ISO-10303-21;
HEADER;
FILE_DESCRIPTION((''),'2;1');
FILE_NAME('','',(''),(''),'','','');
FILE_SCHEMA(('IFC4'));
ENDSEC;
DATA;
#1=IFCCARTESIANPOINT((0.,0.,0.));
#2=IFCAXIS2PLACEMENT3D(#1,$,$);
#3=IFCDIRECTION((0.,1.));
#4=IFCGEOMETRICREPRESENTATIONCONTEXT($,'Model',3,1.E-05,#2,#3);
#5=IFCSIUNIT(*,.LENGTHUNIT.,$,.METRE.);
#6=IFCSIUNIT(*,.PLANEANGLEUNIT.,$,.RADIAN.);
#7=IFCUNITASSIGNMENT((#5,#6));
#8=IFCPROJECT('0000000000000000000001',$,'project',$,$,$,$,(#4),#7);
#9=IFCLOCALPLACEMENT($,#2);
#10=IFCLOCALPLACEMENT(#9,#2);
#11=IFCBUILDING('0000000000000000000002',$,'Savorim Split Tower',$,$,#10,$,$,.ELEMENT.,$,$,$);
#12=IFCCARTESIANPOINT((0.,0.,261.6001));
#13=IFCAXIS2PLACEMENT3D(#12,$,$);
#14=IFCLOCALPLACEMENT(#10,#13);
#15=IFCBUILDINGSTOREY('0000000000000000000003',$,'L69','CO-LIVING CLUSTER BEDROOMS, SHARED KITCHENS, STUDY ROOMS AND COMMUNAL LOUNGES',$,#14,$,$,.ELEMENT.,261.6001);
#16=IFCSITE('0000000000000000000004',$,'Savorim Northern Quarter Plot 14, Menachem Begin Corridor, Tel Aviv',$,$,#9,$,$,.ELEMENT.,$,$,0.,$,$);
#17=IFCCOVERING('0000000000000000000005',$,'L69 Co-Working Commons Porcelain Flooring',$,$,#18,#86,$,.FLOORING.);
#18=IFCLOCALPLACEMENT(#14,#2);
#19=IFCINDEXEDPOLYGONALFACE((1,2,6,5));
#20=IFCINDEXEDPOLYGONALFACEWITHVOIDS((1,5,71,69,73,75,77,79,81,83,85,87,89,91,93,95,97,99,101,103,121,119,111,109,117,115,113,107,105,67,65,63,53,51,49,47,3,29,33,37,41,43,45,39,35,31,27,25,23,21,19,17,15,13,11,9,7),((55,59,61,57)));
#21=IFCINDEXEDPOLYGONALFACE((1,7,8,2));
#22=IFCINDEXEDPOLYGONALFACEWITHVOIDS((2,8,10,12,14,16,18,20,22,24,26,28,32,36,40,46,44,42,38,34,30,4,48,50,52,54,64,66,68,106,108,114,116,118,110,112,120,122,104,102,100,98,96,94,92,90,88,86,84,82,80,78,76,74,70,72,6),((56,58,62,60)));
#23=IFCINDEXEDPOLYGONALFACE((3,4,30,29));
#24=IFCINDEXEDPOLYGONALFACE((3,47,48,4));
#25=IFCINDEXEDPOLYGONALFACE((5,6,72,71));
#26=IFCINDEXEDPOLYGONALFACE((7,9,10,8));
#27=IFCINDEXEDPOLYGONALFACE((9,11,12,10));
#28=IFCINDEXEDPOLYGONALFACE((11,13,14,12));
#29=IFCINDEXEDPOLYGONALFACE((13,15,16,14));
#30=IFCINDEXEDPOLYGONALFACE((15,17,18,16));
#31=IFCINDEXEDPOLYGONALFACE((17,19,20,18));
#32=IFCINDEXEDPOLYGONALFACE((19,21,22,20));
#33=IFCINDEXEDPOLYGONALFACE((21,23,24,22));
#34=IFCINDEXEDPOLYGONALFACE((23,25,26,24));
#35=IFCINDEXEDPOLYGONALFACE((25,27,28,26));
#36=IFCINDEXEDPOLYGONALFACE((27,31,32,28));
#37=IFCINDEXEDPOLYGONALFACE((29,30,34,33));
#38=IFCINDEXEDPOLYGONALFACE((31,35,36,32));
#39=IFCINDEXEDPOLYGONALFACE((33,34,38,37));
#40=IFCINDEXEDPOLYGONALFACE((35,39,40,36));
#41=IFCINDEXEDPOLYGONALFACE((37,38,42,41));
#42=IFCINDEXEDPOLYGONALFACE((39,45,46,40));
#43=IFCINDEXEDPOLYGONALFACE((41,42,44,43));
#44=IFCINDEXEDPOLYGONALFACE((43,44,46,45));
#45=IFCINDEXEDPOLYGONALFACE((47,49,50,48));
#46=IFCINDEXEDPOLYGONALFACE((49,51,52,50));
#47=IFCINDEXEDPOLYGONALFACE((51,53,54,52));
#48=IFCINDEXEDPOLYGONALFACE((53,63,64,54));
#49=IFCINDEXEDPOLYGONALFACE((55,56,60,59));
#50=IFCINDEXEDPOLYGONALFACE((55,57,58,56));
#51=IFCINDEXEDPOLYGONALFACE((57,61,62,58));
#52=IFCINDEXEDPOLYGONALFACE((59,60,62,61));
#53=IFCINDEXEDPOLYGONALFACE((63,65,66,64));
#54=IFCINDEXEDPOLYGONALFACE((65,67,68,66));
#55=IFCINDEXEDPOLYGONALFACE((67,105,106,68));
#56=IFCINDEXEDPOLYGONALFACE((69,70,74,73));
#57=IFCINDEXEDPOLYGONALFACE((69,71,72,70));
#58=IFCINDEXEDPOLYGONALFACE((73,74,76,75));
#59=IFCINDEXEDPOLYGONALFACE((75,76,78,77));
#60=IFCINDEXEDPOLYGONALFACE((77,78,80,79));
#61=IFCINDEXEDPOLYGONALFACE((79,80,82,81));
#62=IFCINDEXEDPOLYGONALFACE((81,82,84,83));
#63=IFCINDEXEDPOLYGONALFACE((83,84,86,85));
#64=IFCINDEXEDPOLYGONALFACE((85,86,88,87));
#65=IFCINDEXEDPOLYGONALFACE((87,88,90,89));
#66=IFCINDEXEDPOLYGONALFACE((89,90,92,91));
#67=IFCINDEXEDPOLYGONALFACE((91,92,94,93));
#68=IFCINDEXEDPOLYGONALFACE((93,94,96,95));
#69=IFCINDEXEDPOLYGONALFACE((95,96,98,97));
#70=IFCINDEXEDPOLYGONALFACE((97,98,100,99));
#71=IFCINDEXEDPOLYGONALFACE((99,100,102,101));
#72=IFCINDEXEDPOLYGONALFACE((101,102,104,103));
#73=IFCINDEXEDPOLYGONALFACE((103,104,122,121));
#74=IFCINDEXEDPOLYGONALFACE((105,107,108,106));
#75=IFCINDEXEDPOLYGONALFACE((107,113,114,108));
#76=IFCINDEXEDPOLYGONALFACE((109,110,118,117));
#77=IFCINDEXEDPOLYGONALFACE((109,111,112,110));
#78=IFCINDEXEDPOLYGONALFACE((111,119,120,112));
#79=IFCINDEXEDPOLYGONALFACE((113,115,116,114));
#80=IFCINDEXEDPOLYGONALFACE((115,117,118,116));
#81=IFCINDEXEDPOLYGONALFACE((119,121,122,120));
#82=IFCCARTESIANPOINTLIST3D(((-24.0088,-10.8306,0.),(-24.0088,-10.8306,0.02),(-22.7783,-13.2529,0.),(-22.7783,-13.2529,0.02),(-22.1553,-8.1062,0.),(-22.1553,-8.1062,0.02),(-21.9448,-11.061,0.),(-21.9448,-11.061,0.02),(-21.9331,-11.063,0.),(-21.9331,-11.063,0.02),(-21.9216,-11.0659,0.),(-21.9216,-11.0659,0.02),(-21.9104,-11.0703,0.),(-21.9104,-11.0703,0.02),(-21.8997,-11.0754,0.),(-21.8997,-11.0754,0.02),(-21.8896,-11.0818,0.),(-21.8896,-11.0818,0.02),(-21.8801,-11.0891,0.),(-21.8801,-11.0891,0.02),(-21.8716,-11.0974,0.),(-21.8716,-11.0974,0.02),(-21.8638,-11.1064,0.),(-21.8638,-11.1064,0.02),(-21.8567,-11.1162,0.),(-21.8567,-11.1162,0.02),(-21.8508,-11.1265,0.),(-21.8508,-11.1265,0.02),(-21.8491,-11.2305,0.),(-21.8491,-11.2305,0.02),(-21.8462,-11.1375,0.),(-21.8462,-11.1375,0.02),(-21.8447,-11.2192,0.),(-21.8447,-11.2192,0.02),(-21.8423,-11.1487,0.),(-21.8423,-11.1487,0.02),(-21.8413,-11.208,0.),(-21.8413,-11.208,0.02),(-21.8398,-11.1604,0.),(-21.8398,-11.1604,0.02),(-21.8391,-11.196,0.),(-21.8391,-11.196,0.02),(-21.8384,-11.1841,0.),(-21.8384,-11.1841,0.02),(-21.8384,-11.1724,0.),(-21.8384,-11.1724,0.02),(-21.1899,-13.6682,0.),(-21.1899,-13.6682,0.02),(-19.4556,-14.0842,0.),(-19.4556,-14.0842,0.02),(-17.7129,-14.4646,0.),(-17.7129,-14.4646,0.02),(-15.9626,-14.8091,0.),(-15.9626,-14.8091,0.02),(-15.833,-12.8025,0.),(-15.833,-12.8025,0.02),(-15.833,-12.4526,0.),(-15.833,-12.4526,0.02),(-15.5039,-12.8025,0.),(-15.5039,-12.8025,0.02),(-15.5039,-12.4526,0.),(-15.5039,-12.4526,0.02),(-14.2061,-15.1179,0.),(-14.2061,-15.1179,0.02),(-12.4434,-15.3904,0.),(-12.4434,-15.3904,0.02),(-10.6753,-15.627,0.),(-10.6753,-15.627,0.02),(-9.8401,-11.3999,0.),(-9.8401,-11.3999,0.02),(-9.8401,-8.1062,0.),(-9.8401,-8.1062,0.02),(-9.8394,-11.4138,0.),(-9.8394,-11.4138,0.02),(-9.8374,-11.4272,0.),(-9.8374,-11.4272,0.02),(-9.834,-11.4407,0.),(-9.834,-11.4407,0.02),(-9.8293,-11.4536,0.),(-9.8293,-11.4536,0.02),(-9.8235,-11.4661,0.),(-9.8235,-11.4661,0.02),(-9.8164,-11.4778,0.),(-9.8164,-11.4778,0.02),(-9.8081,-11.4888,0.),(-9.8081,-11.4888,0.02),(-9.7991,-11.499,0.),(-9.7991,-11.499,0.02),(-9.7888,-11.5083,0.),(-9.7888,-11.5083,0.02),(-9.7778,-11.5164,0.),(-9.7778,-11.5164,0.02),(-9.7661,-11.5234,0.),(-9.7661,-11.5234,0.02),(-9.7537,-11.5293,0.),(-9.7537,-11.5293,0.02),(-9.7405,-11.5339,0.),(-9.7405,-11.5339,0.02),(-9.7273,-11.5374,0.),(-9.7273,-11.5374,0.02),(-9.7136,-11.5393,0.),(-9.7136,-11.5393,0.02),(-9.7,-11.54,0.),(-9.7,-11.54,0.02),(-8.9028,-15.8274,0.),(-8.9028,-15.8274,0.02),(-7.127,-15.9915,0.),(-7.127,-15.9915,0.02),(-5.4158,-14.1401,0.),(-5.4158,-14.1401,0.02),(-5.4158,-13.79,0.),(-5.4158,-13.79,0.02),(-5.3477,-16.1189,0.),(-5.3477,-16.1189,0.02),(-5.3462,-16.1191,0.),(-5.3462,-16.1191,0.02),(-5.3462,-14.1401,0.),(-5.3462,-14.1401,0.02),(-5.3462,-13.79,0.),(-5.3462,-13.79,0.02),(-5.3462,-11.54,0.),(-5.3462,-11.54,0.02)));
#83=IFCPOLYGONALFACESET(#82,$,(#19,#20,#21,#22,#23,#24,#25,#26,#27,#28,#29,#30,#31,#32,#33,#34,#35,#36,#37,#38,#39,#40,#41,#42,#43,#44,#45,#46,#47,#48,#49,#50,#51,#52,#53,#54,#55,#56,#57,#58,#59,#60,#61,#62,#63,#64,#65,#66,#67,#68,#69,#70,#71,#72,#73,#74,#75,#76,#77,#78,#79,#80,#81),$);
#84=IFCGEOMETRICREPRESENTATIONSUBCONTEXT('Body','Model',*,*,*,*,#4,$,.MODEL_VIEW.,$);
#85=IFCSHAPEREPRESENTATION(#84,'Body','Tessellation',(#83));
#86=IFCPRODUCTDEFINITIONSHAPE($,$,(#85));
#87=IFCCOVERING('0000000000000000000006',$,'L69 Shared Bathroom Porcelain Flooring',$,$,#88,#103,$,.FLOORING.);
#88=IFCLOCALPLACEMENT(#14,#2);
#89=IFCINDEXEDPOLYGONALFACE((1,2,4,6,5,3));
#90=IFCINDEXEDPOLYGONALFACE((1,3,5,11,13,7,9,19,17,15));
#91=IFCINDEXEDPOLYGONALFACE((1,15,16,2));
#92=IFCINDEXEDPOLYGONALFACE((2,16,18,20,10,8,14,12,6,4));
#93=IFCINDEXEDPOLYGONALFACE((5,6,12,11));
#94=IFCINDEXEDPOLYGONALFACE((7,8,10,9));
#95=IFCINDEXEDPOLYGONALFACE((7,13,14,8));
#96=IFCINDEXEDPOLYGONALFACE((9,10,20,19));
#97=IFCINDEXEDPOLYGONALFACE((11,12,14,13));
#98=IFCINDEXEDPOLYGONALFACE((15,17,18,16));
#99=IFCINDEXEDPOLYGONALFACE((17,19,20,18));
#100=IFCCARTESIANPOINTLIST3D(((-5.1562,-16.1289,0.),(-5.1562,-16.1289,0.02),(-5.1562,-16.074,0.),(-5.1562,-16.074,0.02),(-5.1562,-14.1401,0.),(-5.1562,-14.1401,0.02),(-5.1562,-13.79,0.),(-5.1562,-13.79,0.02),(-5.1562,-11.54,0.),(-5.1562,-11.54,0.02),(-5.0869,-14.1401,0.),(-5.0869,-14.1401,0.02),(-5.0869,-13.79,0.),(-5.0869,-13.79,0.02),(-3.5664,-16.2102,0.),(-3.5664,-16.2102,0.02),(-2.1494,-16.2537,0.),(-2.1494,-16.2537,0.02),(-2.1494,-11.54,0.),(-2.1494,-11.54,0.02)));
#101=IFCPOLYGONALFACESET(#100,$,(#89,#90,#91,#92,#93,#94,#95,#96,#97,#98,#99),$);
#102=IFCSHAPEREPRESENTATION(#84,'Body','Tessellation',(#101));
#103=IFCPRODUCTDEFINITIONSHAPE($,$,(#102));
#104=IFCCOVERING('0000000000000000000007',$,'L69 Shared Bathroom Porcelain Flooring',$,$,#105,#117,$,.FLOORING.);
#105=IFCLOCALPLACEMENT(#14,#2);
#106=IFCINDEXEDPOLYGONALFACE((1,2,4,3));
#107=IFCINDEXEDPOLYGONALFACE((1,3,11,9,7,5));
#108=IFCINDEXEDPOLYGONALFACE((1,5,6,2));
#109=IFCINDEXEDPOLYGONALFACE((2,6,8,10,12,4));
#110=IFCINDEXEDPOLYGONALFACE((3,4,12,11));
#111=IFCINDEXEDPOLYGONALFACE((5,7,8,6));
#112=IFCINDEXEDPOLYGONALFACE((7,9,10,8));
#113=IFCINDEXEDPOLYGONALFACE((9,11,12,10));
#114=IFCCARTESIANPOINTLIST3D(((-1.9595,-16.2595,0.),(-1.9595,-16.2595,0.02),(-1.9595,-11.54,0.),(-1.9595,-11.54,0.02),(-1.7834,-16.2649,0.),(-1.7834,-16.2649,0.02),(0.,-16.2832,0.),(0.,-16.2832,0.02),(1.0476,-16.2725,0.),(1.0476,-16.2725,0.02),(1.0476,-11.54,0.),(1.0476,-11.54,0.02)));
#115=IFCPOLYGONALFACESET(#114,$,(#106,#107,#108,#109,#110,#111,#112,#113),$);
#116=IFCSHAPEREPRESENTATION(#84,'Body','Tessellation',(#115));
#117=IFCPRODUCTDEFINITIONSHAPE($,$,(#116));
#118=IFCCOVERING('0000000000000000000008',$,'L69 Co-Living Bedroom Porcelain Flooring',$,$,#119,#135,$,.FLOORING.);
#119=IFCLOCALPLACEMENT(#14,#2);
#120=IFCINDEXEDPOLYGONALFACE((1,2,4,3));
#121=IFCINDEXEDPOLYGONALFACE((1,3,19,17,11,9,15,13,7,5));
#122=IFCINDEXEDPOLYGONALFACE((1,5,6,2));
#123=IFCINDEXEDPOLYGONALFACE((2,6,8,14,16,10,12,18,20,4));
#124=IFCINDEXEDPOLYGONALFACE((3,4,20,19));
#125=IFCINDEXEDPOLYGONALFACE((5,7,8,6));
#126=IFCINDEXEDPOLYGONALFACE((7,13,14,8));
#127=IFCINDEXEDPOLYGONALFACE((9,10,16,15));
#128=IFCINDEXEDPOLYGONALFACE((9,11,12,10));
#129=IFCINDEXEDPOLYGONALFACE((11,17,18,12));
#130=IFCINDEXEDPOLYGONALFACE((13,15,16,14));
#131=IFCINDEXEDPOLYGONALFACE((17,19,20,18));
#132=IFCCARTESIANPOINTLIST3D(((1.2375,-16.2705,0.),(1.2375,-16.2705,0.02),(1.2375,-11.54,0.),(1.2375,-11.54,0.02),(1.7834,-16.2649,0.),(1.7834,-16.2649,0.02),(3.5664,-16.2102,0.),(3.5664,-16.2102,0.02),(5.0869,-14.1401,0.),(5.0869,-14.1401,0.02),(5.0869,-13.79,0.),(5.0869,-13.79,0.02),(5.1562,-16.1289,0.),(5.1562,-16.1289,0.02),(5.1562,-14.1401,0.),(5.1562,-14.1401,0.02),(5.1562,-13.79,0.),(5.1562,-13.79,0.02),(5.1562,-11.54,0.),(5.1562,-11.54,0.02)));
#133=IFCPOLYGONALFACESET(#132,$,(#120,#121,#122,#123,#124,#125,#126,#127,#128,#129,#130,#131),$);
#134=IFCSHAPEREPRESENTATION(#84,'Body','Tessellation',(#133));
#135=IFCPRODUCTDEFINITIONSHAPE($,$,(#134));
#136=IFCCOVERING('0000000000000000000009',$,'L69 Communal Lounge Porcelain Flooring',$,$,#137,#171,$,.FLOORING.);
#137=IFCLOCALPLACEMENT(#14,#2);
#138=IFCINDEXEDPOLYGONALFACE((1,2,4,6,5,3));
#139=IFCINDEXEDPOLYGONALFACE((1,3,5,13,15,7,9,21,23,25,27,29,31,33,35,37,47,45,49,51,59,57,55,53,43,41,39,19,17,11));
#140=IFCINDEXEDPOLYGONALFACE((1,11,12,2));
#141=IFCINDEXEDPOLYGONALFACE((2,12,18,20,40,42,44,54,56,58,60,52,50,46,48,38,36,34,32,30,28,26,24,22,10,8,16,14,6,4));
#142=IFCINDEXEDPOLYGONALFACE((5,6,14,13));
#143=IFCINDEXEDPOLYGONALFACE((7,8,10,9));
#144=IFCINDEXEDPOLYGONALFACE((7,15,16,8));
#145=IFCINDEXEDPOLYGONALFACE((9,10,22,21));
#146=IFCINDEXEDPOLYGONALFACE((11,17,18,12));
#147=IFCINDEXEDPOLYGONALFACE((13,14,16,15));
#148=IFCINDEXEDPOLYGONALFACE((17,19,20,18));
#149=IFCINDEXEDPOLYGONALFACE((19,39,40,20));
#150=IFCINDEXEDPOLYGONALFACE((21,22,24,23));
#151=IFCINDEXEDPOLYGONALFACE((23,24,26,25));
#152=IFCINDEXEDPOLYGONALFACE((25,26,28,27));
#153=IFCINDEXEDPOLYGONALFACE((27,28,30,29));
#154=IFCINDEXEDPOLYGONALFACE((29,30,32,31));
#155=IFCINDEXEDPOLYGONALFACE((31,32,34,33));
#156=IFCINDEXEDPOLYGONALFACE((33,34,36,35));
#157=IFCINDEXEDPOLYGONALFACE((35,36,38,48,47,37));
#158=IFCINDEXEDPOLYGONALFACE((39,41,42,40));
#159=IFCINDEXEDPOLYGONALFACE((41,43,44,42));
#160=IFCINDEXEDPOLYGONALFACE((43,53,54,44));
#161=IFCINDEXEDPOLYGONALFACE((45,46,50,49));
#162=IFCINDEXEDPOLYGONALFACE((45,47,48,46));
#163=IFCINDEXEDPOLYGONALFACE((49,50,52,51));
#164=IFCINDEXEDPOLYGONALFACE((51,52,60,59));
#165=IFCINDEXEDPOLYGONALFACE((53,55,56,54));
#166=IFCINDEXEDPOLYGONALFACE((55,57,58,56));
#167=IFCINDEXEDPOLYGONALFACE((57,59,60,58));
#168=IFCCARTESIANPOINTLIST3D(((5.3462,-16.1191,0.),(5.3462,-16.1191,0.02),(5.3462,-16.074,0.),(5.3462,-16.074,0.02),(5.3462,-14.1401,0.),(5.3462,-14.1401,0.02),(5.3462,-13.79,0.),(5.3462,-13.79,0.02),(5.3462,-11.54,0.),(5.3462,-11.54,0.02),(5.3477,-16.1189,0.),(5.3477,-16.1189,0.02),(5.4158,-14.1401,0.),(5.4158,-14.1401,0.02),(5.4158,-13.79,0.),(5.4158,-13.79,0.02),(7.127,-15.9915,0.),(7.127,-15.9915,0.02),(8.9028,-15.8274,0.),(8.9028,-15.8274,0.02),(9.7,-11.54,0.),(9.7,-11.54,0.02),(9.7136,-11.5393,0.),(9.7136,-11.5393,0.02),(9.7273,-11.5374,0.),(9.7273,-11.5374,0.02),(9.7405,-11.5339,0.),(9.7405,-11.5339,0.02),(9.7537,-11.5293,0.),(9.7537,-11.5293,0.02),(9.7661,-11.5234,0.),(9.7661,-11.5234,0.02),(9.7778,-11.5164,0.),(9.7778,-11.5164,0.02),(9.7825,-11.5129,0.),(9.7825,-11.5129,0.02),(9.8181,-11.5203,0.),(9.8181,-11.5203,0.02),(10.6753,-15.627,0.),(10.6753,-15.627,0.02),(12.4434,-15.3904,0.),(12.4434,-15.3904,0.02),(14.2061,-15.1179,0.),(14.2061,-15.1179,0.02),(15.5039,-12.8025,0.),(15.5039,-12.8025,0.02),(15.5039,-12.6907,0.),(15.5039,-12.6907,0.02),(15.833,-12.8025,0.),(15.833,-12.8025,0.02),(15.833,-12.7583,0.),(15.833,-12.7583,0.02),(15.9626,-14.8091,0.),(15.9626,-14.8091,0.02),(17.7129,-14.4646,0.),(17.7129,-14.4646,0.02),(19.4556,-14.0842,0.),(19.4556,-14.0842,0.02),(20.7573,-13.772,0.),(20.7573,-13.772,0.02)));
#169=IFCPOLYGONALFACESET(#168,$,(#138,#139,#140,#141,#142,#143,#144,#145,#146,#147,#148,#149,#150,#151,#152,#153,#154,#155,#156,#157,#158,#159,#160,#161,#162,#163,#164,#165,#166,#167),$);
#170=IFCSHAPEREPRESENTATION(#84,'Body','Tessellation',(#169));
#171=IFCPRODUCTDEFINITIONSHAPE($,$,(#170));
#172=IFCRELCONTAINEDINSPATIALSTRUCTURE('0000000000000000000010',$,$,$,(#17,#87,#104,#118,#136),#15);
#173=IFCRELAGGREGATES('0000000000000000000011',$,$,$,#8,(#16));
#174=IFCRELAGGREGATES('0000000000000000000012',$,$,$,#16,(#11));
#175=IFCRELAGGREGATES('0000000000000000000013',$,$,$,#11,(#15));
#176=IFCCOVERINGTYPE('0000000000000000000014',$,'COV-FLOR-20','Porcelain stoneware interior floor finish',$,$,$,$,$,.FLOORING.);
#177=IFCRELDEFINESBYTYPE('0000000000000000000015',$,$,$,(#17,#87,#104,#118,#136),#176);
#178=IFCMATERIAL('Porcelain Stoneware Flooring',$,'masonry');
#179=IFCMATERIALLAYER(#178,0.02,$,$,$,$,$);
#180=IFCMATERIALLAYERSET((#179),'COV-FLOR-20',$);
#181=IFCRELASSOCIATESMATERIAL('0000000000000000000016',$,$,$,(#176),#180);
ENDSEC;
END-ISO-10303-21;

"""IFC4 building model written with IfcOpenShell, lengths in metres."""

from ifc_helpers import new_model, si_unit, direction, frame, origin, place, context, subcontext, project, spatial, polyline, outline, extrude, material, layer, layer_set, type_object, element, save


model = new_model("IFC4")

# Units and contexts
model_context = context("Model", 3, precision=1e-05, world=origin(), true_north=direction((0.0, 1.0)))
body_context = subcontext(model_context, "Body", "Model", "MODEL_VIEW")
ifc_project = project(units=[si_unit("LENGTHUNIT", "METRE"), si_unit("PLANEANGLEUNIT", "RADIAN")], contexts=[model_context])

# Site, building, storey
site_placement = place(None, origin())
site = spatial("IfcSite", under=ifc_project, at=site_placement, Name="Savorim Northern Quarter Plot 14, Menachem Begin Corridor, Tel Aviv", CompositionType="ELEMENT", RefElevation=0.0)
building_placement = place(site_placement, origin())
building = spatial("IfcBuilding", under=site, at=building_placement, Name="Savorim Split Tower", CompositionType="ELEMENT")
storey_placement = place(building_placement, frame((0.0, 0.0, 261.6001)))
storey = spatial("IfcBuildingStorey", under=building, at=storey_placement, Name="L69", Description="CO-LIVING CLUSTER BEDROOMS, SHARED KITCHENS, STUDY ROOMS AND COMMUNAL LOUNGES", CompositionType="ELEMENT", Elevation=261.6001)

# Coverings
ifc_material_1 = material(Name="Porcelain Stoneware Flooring", Category="masonry")
ifc_layer_1 = layer(ifc_material_1, 0.02)
ifc_layer_set_1 = layer_set([ifc_layer_1], Name="COV-FLOR-20")
covering_type_1 = type_object("IfcCoveringType", Name="COV-FLOR-20", Description="Porcelain stoneware interior floor finish", PredefinedType="FLOORING", material=ifc_layer_set_1)
covering_1_placement = place(storey_placement, origin())
element("IfcCovering", 1, at=covering_1_placement, inside=storey, type_object=covering_type_1, Name="L69 Co-Working Commons Porcelain Flooring", PredefinedType="FLOORING", context=body_context, shape_type="SweptSolid", body=[
    extrude(outline(polyline([(-21.8384, -11.1724), (-21.8384, -11.1841), (-21.8391, -11.196), (-21.8413, -11.208), (-21.8447, -11.2192), (-21.8491, -11.2305), (-22.7783, -13.2529), (-21.1899, -13.6682), (-19.4556, -14.0842), (-17.7129, -14.4646), (-15.9626, -14.8091), (-14.2061, -15.1179), (-12.4434, -15.3904), (-10.6753, -15.627), (-8.9028, -15.8274), (-7.127, -15.9915), (-5.3477, -16.1189), (-5.3462, -16.1191), (-5.3462, -14.1401), (-5.4158, -14.1401), (-5.4158, -13.79), (-5.3462, -13.79), (-5.3462, -11.54), (-9.7, -11.54), (-9.7136, -11.5393), (-9.7273, -11.5374), (-9.7405, -11.5339), (-9.7537, -11.5293), (-9.7661, -11.5234), (-9.7778, -11.5164), (-9.7888, -11.5083), (-9.7991, -11.499), (-9.8081, -11.4888), (-9.8164, -11.4778), (-9.8235, -11.4661), (-9.8293, -11.4536), (-9.834, -11.4407), (-9.8374, -11.4272), (-9.8394, -11.4138), (-9.8401, -11.3999), (-9.8401, -8.1062), (-22.1553, -8.1062), (-24.0088, -10.8306), (-21.9448, -11.061), (-21.9331, -11.063), (-21.9216, -11.0659), (-21.9104, -11.0703), (-21.8997, -11.0754), (-21.8896, -11.0818), (-21.8801, -11.0891), (-21.8716, -11.0974), (-21.8638, -11.1064), (-21.8567, -11.1162), (-21.8508, -11.1265), (-21.8462, -11.1375), (-21.8423, -11.1487), (-21.8398, -11.1604), (-21.8384, -11.1724)]), holes=[polyline([(-15.833, -12.8025), (-15.5039, -12.8025), (-15.5039, -12.4526), (-15.833, -12.4526), (-15.833, -12.8025)])]), origin(), (0.0, 0.0, 1.0), 0.02),
])
covering_2_placement = place(storey_placement, origin())
element("IfcCovering", 2, at=covering_2_placement, inside=storey, type_object=covering_type_1, Name="L69 Shared Bathroom Porcelain Flooring", PredefinedType="FLOORING", context=body_context, shape_type="SweptSolid", body=[
    extrude(outline(polyline([(-5.1562, -16.074), (-5.1562, -16.1289), (-3.5664, -16.2102), (-2.1494, -16.2537), (-2.1494, -11.54), (-5.1562, -11.54), (-5.1562, -13.79), (-5.0869, -13.79), (-5.0869, -14.1401), (-5.1562, -14.1401), (-5.1562, -16.074)])), origin(), (0.0, 0.0, 1.0), 0.02),
])
covering_3_placement = place(storey_placement, origin())
element("IfcCovering", 3, at=covering_3_placement, inside=storey, type_object=covering_type_1, Name="L69 Shared Bathroom Porcelain Flooring", PredefinedType="FLOORING", context=body_context, shape_type="SweptSolid", body=[
    extrude(outline(polyline([(-1.9595, -16.2595), (-1.7834, -16.2649), (0.0, -16.2832), (1.0476, -16.2725), (1.0476, -11.54), (-1.9595, -11.54), (-1.9595, -16.2595)])), origin(), (0.0, 0.0, 1.0), 0.02),
])
covering_4_placement = place(storey_placement, origin())
element("IfcCovering", 4, at=covering_4_placement, inside=storey, type_object=covering_type_1, Name="L69 Co-Living Bedroom Porcelain Flooring", PredefinedType="FLOORING", context=body_context, shape_type="SweptSolid", body=[
    extrude(outline(polyline([(1.2375, -11.54), (1.2375, -16.2705), (1.7834, -16.2649), (3.5664, -16.2102), (5.1562, -16.1289), (5.1562, -14.1401), (5.0869, -14.1401), (5.0869, -13.79), (5.1562, -13.79), (5.1562, -11.54), (1.2375, -11.54)])), origin(), (0.0, 0.0, 1.0), 0.02),
])
covering_5_placement = place(storey_placement, origin())
element("IfcCovering", 5, at=covering_5_placement, inside=storey, type_object=covering_type_1, Name="L69 Communal Lounge Porcelain Flooring", PredefinedType="FLOORING", context=body_context, shape_type="SweptSolid", body=[
    extrude(outline(polyline([(14.2061, -15.1179), (15.9626, -14.8091), (17.7129, -14.4646), (19.4556, -14.0842), (20.7573, -13.772), (15.833, -12.7583), (15.833, -12.8025), (15.5039, -12.8025), (15.5039, -12.6907), (9.8181, -11.5203), (9.7825, -11.5129), (9.7778, -11.5164), (9.7661, -11.5234), (9.7537, -11.5293), (9.7405, -11.5339), (9.7273, -11.5374), (9.7136, -11.5393), (9.7, -11.54), (5.3462, -11.54), (5.3462, -13.79), (5.4158, -13.79), (5.4158, -14.1401), (5.3462, -14.1401), (5.3462, -16.074), (5.3462, -16.1191), (5.3477, -16.1189), (7.127, -15.9915), (8.9028, -15.8274), (10.6753, -15.627), (12.4434, -15.3904), (14.2061, -15.1179)])), origin(), (0.0, 0.0, 1.0), 0.02),
])

save(model, "model.ifc")
